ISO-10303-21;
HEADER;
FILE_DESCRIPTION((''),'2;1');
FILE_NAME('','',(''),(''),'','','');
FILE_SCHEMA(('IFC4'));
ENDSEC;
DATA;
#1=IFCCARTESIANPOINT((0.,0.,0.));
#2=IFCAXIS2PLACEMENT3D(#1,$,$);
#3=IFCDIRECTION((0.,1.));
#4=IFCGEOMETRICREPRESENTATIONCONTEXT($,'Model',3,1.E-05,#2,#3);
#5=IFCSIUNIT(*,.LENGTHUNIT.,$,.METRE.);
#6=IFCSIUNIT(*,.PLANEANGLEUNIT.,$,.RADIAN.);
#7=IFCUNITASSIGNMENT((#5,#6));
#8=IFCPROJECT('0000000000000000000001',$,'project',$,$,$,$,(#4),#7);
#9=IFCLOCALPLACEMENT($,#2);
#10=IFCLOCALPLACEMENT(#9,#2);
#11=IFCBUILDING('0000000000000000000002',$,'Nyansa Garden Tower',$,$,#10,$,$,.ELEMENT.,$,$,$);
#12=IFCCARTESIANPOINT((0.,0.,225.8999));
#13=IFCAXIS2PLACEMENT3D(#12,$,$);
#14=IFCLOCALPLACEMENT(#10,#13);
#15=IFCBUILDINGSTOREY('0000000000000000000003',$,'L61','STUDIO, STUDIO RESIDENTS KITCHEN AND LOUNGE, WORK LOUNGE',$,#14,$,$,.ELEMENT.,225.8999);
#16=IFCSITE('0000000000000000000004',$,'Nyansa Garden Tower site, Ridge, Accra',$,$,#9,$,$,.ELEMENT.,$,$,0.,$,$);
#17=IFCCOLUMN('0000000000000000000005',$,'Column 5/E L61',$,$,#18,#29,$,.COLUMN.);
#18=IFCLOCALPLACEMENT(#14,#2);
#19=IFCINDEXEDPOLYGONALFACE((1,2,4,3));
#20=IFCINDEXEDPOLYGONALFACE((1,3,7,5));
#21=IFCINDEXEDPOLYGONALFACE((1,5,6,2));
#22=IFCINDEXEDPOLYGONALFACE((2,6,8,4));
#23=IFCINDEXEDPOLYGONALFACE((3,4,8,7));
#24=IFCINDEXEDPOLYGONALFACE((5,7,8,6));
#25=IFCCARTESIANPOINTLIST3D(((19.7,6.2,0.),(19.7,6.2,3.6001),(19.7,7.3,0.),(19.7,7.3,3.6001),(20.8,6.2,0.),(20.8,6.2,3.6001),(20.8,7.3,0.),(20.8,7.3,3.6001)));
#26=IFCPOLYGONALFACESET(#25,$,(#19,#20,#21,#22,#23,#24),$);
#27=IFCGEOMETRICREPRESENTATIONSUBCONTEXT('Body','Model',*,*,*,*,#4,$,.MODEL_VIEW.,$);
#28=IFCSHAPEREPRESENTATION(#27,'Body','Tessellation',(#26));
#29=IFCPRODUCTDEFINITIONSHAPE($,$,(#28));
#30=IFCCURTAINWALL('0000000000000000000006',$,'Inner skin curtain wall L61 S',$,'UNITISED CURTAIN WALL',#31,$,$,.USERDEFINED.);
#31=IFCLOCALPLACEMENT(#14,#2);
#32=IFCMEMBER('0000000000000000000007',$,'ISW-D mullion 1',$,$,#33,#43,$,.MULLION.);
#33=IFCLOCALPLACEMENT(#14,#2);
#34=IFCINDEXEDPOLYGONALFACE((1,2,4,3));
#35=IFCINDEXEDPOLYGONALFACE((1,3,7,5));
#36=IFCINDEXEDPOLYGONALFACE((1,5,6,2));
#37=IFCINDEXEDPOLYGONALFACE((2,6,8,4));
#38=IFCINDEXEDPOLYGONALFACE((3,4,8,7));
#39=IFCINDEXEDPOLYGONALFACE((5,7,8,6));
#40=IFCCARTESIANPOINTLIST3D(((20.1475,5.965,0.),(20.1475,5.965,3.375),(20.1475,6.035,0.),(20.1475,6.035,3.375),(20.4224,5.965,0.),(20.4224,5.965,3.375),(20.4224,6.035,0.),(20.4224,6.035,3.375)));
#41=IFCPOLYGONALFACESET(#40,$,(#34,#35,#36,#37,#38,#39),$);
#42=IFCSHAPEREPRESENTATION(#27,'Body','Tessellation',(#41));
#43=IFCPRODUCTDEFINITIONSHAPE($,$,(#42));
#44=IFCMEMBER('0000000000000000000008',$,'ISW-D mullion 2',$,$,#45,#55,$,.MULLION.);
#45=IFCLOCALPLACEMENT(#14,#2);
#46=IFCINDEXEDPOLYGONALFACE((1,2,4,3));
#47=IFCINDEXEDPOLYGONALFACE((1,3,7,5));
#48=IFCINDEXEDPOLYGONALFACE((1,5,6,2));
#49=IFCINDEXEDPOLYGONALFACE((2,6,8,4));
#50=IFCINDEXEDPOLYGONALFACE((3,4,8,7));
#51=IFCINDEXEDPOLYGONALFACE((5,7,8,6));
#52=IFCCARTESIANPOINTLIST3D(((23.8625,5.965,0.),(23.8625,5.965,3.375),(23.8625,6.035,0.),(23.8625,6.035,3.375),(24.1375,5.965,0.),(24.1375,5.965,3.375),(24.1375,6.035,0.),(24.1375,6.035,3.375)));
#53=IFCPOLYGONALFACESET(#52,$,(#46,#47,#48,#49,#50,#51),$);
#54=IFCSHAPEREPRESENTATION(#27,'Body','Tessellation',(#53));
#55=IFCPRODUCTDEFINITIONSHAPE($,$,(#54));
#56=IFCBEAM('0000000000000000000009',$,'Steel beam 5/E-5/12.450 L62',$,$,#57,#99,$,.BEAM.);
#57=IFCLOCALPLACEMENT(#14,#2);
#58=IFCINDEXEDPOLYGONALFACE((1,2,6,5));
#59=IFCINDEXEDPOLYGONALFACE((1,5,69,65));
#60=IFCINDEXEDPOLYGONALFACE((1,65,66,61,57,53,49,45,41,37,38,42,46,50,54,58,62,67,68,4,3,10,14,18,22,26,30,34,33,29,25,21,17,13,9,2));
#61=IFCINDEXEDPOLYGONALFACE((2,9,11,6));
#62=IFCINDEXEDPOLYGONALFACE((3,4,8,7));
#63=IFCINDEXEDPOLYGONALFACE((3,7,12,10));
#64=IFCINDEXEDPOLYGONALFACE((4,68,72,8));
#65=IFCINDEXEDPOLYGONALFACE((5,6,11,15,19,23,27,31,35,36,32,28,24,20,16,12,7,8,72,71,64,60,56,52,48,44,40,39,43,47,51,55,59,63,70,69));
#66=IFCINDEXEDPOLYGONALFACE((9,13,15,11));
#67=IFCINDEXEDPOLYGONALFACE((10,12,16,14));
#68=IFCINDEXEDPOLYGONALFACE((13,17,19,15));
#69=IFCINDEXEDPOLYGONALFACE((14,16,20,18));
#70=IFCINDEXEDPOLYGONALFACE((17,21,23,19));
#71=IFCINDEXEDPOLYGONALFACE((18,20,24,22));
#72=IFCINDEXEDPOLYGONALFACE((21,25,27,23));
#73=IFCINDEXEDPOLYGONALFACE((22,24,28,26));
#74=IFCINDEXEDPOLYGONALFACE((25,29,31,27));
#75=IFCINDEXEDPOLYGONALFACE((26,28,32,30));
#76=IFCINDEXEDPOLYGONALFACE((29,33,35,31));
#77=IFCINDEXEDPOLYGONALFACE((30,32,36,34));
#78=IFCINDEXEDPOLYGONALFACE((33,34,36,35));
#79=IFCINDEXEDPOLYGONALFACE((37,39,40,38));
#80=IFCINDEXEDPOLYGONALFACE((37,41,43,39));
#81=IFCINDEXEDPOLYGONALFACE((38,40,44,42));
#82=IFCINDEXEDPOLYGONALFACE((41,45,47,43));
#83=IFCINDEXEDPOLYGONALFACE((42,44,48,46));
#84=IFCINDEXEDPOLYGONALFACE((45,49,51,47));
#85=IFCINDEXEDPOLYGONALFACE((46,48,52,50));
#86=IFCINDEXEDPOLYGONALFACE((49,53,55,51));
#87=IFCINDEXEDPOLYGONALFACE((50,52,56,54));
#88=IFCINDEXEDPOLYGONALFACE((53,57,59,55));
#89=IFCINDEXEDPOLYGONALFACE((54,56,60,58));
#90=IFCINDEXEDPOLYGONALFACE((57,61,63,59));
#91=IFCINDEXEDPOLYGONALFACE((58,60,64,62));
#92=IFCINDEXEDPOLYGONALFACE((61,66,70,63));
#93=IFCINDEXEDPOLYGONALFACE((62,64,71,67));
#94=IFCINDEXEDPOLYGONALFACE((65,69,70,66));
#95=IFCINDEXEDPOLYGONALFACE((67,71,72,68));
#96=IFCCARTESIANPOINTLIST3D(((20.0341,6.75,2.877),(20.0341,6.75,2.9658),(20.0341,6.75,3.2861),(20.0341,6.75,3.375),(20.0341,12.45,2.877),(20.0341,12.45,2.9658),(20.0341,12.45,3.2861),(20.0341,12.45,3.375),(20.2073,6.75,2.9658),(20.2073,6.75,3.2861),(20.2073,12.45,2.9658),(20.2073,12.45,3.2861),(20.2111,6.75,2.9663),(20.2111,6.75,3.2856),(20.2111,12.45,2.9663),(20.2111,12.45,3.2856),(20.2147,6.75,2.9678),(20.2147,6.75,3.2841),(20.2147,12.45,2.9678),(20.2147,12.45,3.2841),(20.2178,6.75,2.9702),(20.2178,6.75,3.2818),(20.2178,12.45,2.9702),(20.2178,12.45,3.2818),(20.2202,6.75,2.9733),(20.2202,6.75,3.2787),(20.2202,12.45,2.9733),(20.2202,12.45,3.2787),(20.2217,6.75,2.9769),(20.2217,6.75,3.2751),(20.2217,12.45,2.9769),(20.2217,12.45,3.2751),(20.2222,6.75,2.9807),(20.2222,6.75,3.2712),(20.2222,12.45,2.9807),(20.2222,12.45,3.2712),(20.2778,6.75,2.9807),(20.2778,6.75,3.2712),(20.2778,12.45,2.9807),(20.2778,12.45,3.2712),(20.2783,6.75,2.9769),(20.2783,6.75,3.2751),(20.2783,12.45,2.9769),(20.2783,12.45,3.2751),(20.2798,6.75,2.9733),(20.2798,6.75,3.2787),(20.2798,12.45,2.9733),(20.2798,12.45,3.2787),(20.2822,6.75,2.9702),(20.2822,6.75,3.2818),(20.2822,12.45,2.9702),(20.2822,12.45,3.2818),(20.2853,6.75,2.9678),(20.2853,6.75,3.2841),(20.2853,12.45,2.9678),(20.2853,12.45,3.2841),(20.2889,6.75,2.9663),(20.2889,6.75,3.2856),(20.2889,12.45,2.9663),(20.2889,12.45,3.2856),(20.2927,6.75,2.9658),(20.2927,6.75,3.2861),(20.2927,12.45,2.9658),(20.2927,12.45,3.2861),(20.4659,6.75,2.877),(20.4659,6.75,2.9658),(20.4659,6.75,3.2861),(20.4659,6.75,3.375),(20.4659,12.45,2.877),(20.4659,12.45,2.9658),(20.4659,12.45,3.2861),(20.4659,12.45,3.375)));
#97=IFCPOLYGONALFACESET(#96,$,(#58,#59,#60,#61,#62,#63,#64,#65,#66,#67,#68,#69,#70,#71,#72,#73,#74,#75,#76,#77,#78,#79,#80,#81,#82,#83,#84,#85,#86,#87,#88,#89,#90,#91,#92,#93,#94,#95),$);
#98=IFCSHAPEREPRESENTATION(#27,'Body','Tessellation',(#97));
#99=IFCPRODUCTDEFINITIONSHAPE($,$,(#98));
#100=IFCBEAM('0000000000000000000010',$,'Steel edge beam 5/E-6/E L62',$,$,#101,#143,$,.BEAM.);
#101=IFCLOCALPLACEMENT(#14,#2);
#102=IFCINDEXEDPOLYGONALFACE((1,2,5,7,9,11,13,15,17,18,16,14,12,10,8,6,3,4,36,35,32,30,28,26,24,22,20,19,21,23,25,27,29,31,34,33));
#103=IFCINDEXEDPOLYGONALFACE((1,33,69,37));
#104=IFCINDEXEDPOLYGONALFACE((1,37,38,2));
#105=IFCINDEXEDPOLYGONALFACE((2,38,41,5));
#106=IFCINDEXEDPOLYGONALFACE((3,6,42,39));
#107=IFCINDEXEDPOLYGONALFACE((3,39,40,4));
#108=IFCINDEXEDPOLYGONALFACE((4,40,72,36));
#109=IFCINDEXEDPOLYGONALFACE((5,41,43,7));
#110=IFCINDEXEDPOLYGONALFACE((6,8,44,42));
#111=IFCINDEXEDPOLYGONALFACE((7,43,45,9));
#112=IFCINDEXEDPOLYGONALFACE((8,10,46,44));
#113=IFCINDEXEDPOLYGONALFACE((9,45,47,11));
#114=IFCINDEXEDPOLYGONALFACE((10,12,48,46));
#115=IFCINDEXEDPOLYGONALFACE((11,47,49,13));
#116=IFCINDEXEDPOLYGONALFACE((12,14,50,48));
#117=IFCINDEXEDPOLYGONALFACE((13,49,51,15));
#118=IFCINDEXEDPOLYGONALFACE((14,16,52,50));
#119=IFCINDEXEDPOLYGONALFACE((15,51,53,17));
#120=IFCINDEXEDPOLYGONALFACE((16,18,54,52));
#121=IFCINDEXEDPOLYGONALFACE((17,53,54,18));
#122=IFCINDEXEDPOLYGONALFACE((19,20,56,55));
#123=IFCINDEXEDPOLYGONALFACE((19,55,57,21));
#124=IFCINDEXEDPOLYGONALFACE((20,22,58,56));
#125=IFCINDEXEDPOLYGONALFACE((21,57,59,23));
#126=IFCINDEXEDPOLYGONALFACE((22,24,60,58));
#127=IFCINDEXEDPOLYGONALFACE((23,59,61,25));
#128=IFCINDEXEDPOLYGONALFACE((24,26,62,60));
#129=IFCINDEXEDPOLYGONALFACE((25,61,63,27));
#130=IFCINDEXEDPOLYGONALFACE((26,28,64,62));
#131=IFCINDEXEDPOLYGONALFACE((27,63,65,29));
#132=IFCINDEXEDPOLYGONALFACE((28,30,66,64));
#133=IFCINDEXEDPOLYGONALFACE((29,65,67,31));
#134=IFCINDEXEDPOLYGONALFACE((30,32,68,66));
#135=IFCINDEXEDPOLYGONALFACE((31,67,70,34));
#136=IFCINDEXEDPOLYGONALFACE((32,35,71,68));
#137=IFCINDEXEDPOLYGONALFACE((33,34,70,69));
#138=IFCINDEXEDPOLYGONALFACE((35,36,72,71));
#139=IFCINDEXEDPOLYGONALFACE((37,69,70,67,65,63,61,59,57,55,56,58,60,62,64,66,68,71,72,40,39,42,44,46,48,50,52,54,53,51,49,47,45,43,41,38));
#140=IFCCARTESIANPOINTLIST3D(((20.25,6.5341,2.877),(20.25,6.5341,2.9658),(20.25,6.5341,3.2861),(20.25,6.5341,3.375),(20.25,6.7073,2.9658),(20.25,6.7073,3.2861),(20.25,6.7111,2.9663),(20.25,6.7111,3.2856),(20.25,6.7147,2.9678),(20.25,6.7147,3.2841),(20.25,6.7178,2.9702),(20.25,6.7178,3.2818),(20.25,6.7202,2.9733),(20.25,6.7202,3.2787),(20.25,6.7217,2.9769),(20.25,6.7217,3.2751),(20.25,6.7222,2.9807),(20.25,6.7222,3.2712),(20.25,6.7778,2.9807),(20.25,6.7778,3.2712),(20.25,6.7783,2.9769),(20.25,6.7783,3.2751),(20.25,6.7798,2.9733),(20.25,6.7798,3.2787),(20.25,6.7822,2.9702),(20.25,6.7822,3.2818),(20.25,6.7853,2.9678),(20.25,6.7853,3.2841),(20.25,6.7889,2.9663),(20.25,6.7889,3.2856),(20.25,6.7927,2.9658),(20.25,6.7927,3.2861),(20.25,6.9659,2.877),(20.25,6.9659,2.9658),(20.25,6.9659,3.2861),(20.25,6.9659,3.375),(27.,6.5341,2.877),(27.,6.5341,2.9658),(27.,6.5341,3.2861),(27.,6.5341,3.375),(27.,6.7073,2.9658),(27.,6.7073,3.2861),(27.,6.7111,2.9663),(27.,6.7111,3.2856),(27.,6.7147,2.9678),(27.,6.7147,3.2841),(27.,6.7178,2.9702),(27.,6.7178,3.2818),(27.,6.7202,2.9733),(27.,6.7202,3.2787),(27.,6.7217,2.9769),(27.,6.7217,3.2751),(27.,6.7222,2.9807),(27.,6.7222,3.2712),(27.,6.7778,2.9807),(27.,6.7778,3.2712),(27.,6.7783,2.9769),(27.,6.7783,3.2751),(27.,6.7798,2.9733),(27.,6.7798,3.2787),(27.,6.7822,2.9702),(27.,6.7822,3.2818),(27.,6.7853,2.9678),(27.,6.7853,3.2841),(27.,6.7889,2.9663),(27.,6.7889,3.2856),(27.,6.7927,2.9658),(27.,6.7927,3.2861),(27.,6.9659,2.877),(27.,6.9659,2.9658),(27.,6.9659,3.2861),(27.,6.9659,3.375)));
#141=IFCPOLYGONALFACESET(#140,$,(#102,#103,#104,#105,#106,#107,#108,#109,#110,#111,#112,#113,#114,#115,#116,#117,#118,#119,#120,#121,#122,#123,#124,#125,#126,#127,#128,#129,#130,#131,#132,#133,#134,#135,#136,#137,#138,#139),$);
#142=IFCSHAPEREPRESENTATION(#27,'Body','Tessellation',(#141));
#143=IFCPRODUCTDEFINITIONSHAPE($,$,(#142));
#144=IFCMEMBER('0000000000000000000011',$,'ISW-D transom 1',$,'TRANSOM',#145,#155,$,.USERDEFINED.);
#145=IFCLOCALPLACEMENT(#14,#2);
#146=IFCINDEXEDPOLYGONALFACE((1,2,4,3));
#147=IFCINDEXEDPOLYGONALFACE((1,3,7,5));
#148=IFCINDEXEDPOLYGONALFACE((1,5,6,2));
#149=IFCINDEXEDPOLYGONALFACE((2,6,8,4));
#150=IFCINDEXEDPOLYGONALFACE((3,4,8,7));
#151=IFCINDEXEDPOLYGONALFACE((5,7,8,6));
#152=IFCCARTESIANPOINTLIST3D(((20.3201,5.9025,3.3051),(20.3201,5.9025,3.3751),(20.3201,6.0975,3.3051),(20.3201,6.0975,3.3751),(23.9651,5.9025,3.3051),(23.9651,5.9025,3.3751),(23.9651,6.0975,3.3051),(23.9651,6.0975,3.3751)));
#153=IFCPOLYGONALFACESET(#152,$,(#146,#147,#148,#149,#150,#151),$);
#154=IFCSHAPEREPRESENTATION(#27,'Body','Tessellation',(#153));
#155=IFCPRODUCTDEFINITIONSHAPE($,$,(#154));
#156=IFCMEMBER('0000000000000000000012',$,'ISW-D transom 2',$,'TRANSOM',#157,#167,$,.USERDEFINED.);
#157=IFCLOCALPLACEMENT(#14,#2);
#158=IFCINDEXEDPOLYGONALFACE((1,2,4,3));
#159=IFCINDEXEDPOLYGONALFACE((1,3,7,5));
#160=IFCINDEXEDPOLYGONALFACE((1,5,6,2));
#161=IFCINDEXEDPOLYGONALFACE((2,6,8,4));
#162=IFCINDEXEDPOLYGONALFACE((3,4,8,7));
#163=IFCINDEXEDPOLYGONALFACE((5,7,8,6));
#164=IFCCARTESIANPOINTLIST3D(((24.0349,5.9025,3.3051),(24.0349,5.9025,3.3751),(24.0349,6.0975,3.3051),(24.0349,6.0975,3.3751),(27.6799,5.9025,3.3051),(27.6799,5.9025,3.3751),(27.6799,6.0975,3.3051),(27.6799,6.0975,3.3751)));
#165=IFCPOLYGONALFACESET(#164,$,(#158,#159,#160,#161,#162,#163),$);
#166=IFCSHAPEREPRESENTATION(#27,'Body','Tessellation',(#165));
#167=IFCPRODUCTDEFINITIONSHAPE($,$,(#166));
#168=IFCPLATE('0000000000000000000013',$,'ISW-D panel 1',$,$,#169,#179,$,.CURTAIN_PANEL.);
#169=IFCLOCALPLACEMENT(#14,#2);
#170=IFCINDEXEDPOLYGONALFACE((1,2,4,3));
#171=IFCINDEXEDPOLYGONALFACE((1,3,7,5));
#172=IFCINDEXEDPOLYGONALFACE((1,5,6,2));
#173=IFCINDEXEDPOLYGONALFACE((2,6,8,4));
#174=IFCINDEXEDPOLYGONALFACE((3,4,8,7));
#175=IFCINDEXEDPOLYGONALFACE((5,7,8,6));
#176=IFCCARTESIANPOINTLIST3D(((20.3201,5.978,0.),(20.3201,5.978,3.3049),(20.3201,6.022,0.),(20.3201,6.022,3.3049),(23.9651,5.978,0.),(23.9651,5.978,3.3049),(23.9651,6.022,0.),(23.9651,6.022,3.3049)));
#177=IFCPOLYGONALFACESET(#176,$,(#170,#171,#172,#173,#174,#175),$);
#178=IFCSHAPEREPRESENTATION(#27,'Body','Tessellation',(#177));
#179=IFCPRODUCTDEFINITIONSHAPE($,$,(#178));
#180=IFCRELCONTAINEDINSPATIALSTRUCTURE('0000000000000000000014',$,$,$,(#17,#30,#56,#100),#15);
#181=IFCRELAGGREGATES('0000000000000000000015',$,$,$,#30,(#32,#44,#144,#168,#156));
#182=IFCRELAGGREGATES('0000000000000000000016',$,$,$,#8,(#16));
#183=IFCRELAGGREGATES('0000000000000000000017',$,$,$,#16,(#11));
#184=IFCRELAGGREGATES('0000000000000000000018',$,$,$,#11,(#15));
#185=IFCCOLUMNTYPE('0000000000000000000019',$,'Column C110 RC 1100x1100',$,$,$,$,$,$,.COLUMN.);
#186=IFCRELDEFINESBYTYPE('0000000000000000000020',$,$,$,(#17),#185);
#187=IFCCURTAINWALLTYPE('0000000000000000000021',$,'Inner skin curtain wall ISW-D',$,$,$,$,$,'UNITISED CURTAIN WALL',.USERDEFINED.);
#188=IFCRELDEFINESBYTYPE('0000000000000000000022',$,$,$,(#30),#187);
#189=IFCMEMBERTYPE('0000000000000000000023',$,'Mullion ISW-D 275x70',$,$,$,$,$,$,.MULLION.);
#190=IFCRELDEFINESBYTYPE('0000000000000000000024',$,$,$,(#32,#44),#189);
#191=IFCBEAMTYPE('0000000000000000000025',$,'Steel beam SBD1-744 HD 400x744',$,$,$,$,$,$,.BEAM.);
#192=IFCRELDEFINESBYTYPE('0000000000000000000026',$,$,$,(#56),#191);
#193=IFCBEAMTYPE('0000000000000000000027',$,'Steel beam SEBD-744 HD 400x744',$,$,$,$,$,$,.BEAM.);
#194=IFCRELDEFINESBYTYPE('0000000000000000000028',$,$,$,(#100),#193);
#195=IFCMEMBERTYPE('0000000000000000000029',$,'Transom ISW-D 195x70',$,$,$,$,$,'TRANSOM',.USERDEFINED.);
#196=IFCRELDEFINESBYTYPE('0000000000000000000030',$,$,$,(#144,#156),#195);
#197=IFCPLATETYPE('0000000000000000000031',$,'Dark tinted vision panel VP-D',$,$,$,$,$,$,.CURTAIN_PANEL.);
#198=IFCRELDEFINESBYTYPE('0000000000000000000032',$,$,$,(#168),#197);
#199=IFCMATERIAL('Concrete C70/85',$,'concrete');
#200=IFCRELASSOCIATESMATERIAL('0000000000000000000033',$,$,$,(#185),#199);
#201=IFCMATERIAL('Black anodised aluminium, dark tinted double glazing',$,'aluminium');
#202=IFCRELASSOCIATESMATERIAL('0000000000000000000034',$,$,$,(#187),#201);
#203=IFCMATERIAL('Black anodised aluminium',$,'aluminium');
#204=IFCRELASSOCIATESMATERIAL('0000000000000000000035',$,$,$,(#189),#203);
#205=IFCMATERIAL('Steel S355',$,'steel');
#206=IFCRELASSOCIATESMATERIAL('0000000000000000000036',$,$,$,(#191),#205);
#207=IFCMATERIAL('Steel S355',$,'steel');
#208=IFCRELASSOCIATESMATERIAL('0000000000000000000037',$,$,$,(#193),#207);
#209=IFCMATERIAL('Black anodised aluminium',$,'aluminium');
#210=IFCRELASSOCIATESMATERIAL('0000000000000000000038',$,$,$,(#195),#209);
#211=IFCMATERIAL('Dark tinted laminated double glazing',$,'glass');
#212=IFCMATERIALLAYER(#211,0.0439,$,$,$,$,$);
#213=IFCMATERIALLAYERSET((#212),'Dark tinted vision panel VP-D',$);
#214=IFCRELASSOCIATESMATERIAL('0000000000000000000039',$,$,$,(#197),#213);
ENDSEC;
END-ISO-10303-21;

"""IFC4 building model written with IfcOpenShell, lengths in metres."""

from ifc_helpers import new_model, si_unit, direction, frame, origin, origin_2d, place, context, subcontext, project, spatial, rectangle, i_section, extrude, material, layer, layer_set, material_profile, profile_set, type_object, element, aggregate, save


model = new_model("IFC4")

# Units and contexts
model_context = context("Model", 3, precision=1e-05, world=origin(), true_north=direction((0.0, 1.0)))
body_context = subcontext(model_context, "Body", "Model", "MODEL_VIEW")
ifc_project = project(units=[si_unit("LENGTHUNIT", "METRE"), si_unit("PLANEANGLEUNIT", "RADIAN")], contexts=[model_context])

# Site, building, storey
site_placement = place(None, origin())
site = spatial("IfcSite", under=ifc_project, at=site_placement, Name="Nyansa Garden Tower site, Ridge, Accra", CompositionType="ELEMENT", RefElevation=0.0)
building_placement = place(site_placement, origin())
building = spatial("IfcBuilding", under=site, at=building_placement, Name="Nyansa Garden Tower", CompositionType="ELEMENT")
storey_placement = place(building_placement, frame((0.0, 0.0, 225.8999)))
storey = spatial("IfcBuildingStorey", under=building, at=storey_placement, Name="L61", Description="STUDIO, STUDIO RESIDENTS KITCHEN AND LOUNGE, WORK LOUNGE", CompositionType="ELEMENT", Elevation=225.8999)

# Column
ifc_material_1 = material(Name="Concrete C70/85", Category="concrete")
ifc_material_profile_1 = material_profile(ifc_material_1, rectangle(XDim=1.1001, YDim=1.1001, at=origin_2d()), Name="RC 1100x1100")
ifc_profile_set_1 = profile_set([ifc_material_profile_1], Name="Concrete C70/85")
column_type = type_object("IfcColumnType", Name="Column C110 RC 1100x1100", PredefinedType="COLUMN", material=ifc_profile_set_1)
column_placement = place(storey_placement, frame((20.25, 6.75, 0.0), z_axis=(0.0, 0.0, 1.0), x_axis=(1.0, 0.0, 0.0)))
element("IfcColumn", 1, at=column_placement, inside=storey, type_object=column_type, Name="Column 5/E L61", PredefinedType="COLUMN", context=body_context, shape_type="SweptSolid", body=[
    extrude(rectangle(XDim=1.1001, YDim=1.1001, at=origin_2d()), origin(), (0.0, 0.0, 1.0), 3.6001),
])

# Curtain wall, members
ifc_material_2 = material(Name="Black anodised aluminium, dark tinted double glazing", Category="aluminium")
curtain_wall_type = type_object("IfcCurtainWallType", Name="Inner skin curtain wall ISW-D", ElementType="UNITISED CURTAIN WALL", PredefinedType="USERDEFINED", material=ifc_material_2)
curtain_wall_placement = place(storey_placement, origin())
curtain_wall = element("IfcCurtainWall", 2, at=curtain_wall_placement, inside=storey, type_object=curtain_wall_type, Name="Inner skin curtain wall L61 S", ObjectType="UNITISED CURTAIN WALL", PredefinedType="USERDEFINED")
ifc_material_3 = material(Name="Black anodised aluminium", Category="aluminium")
ifc_material_profile_2 = material_profile(ifc_material_3, rectangle(XDim=0.0701, YDim=0.2749, at=origin_2d()), Name="Mullion 275x70")
ifc_profile_set_2 = profile_set([ifc_material_profile_2], Name="Black anodised aluminium")
member_type_1 = type_object("IfcMemberType", Name="Mullion ISW-D 275x70", PredefinedType="MULLION", material=ifc_profile_set_2)
member_1_placement = place(storey_placement, frame((20.2849, 6.0, 0.0), z_axis=(0.0, 0.0, 1.0), x_axis=(0.0, 1.0, 0.0)))
member_1 = element("IfcMember", 3, at=member_1_placement, type_object=member_type_1, Name="ISW-D mullion 1", PredefinedType="MULLION", context=body_context, shape_type="SweptSolid", body=[
    extrude(rectangle(XDim=0.0701, YDim=0.2749, at=origin_2d()), origin(), (0.0, 0.0, 1.0), 3.375),
])
member_2_placement = place(storey_placement, frame((24.0, 6.0, 0.0), z_axis=(0.0, 0.0, 1.0), x_axis=(0.0, 1.0, 0.0)))
member_2 = element("IfcMember", 4, at=member_2_placement, type_object=member_type_1, Name="ISW-D mullion 2", PredefinedType="MULLION", context=body_context, shape_type="SweptSolid", body=[
    extrude(rectangle(XDim=0.0701, YDim=0.2749, at=origin_2d()), origin(), (0.0, 0.0, 1.0), 3.375),
])

# Beams
ifc_material_4 = material(Name="Steel S355", Category="steel")
ifc_material_profile_3 = material_profile(ifc_material_4, i_section(OverallWidth=0.4319, OverallDepth=0.498, WebThickness=0.0557, FlangeThickness=0.0889, FilletRadius=0.0149, at=origin_2d()), Name="HD 400x744")
ifc_profile_set_3 = profile_set([ifc_material_profile_3], Name="Steel S355")
beam_type_1 = type_object("IfcBeamType", Name="Steel beam SBD1-744 HD 400x744", PredefinedType="BEAM", material=ifc_profile_set_3)
beam_1_placement = place(storey_placement, frame((20.25, 6.75, 3.126), z_axis=(0.0, 1.0, 0.0), x_axis=(-1.0, 0.0, 0.0)))
element("IfcBeam", 5, at=beam_1_placement, inside=storey, type_object=beam_type_1, Name="Steel beam 5/E-5/12.450 L62", PredefinedType="BEAM", context=body_context, shape_type="SweptSolid", body=[
    extrude(i_section(OverallWidth=0.4319, OverallDepth=0.498, WebThickness=0.0557, FlangeThickness=0.0889, FilletRadius=0.0149, at=origin_2d()), origin(), (0.0, 0.0, 1.0), 5.7),
])
ifc_material_5 = material(Name="Steel S355", Category="steel")
ifc_material_profile_4 = material_profile(ifc_material_5, i_section(OverallWidth=0.4319, OverallDepth=0.498, WebThickness=0.0557, FlangeThickness=0.0889, FilletRadius=0.0149, at=origin_2d()), Name="HD 400x744")
ifc_profile_set_4 = profile_set([ifc_material_profile_4], Name="Steel S355")
beam_type_2 = type_object("IfcBeamType", Name="Steel beam SEBD-744 HD 400x744", PredefinedType="BEAM", material=ifc_profile_set_4)
beam_2_placement = place(storey_placement, frame((20.25, 6.75, 3.126), z_axis=(1.0, 0.0, 0.0), x_axis=(0.0, 1.0, 0.0)))
element("IfcBeam", 6, at=beam_2_placement, inside=storey, type_object=beam_type_2, Name="Steel edge beam 5/E-6/E L62", PredefinedType="BEAM", context=body_context, shape_type="SweptSolid", body=[
    extrude(i_section(OverallWidth=0.4319, OverallDepth=0.498, WebThickness=0.0557, FlangeThickness=0.0889, FilletRadius=0.0149, at=origin_2d()), origin(), (0.0, 0.0, 1.0), 6.75),
])

# Members
ifc_material_6 = material(Name="Black anodised aluminium", Category="aluminium")
ifc_material_profile_5 = material_profile(ifc_material_6, rectangle(XDim=0.1951, YDim=0.0701, at=origin_2d()), Name="Transom 195x70")
ifc_profile_set_5 = profile_set([ifc_material_profile_5], Name="Black anodised aluminium")
member_type_2 = type_object("IfcMemberType", Name="Transom ISW-D 195x70", ElementType="TRANSOM", PredefinedType="USERDEFINED", material=ifc_profile_set_5)
member_3_placement = place(storey_placement, frame((20.3201, 6.0, 3.3401), z_axis=(1.0, 0.0, 0.0), x_axis=(0.0, 1.0, 0.0)))
member_3 = element("IfcMember", 7, at=member_3_placement, type_object=member_type_2, Name="ISW-D transom 1", ObjectType="TRANSOM", PredefinedType="USERDEFINED", context=body_context, shape_type="SweptSolid", body=[
    extrude(rectangle(XDim=0.1951, YDim=0.0701, at=origin_2d()), origin(), (0.0, 0.0, 1.0), 3.645),
])
member_4_placement = place(storey_placement, frame((24.0349, 6.0, 3.3401), z_axis=(1.0, 0.0, 0.0), x_axis=(0.0, 1.0, 0.0)))
member_4 = element("IfcMember", 8, at=member_4_placement, type_object=member_type_2, Name="ISW-D transom 2", ObjectType="TRANSOM", PredefinedType="USERDEFINED", context=body_context, shape_type="SweptSolid", body=[
    extrude(rectangle(XDim=0.1951, YDim=0.0701, at=origin_2d()), origin(), (0.0, 0.0, 1.0), 3.645),
])

# Plate
ifc_material_7 = material(Name="Dark tinted laminated double glazing", Category="glass")
ifc_layer_1 = layer(ifc_material_7, 0.0439)
ifc_layer_set_1 = layer_set([ifc_layer_1], Name="Dark tinted vision panel VP-D")
plate_type = type_object("IfcPlateType", Name="Dark tinted vision panel VP-D", PredefinedType="CURTAIN_PANEL", material=ifc_layer_set_1)
plate_1_placement = place(storey_placement, frame((22.1426, 6.0, 0.0), z_axis=(0.0, 0.0, 1.0), x_axis=(1.0, 0.0, 0.0)))
plate_1 = element("IfcPlate", 9, at=plate_1_placement, type_object=plate_type, Name="ISW-D panel 1", PredefinedType="CURTAIN_PANEL", context=body_context, shape_type="SweptSolid", body=[
    extrude(rectangle(XDim=3.645, YDim=0.0439, at=origin_2d()), origin(), (0.0, 0.0, 1.0), 3.3049),
])
aggregate(curtain_wall, [member_1, member_2, member_3, plate_1, member_4])

save(model, "model.ifc")
